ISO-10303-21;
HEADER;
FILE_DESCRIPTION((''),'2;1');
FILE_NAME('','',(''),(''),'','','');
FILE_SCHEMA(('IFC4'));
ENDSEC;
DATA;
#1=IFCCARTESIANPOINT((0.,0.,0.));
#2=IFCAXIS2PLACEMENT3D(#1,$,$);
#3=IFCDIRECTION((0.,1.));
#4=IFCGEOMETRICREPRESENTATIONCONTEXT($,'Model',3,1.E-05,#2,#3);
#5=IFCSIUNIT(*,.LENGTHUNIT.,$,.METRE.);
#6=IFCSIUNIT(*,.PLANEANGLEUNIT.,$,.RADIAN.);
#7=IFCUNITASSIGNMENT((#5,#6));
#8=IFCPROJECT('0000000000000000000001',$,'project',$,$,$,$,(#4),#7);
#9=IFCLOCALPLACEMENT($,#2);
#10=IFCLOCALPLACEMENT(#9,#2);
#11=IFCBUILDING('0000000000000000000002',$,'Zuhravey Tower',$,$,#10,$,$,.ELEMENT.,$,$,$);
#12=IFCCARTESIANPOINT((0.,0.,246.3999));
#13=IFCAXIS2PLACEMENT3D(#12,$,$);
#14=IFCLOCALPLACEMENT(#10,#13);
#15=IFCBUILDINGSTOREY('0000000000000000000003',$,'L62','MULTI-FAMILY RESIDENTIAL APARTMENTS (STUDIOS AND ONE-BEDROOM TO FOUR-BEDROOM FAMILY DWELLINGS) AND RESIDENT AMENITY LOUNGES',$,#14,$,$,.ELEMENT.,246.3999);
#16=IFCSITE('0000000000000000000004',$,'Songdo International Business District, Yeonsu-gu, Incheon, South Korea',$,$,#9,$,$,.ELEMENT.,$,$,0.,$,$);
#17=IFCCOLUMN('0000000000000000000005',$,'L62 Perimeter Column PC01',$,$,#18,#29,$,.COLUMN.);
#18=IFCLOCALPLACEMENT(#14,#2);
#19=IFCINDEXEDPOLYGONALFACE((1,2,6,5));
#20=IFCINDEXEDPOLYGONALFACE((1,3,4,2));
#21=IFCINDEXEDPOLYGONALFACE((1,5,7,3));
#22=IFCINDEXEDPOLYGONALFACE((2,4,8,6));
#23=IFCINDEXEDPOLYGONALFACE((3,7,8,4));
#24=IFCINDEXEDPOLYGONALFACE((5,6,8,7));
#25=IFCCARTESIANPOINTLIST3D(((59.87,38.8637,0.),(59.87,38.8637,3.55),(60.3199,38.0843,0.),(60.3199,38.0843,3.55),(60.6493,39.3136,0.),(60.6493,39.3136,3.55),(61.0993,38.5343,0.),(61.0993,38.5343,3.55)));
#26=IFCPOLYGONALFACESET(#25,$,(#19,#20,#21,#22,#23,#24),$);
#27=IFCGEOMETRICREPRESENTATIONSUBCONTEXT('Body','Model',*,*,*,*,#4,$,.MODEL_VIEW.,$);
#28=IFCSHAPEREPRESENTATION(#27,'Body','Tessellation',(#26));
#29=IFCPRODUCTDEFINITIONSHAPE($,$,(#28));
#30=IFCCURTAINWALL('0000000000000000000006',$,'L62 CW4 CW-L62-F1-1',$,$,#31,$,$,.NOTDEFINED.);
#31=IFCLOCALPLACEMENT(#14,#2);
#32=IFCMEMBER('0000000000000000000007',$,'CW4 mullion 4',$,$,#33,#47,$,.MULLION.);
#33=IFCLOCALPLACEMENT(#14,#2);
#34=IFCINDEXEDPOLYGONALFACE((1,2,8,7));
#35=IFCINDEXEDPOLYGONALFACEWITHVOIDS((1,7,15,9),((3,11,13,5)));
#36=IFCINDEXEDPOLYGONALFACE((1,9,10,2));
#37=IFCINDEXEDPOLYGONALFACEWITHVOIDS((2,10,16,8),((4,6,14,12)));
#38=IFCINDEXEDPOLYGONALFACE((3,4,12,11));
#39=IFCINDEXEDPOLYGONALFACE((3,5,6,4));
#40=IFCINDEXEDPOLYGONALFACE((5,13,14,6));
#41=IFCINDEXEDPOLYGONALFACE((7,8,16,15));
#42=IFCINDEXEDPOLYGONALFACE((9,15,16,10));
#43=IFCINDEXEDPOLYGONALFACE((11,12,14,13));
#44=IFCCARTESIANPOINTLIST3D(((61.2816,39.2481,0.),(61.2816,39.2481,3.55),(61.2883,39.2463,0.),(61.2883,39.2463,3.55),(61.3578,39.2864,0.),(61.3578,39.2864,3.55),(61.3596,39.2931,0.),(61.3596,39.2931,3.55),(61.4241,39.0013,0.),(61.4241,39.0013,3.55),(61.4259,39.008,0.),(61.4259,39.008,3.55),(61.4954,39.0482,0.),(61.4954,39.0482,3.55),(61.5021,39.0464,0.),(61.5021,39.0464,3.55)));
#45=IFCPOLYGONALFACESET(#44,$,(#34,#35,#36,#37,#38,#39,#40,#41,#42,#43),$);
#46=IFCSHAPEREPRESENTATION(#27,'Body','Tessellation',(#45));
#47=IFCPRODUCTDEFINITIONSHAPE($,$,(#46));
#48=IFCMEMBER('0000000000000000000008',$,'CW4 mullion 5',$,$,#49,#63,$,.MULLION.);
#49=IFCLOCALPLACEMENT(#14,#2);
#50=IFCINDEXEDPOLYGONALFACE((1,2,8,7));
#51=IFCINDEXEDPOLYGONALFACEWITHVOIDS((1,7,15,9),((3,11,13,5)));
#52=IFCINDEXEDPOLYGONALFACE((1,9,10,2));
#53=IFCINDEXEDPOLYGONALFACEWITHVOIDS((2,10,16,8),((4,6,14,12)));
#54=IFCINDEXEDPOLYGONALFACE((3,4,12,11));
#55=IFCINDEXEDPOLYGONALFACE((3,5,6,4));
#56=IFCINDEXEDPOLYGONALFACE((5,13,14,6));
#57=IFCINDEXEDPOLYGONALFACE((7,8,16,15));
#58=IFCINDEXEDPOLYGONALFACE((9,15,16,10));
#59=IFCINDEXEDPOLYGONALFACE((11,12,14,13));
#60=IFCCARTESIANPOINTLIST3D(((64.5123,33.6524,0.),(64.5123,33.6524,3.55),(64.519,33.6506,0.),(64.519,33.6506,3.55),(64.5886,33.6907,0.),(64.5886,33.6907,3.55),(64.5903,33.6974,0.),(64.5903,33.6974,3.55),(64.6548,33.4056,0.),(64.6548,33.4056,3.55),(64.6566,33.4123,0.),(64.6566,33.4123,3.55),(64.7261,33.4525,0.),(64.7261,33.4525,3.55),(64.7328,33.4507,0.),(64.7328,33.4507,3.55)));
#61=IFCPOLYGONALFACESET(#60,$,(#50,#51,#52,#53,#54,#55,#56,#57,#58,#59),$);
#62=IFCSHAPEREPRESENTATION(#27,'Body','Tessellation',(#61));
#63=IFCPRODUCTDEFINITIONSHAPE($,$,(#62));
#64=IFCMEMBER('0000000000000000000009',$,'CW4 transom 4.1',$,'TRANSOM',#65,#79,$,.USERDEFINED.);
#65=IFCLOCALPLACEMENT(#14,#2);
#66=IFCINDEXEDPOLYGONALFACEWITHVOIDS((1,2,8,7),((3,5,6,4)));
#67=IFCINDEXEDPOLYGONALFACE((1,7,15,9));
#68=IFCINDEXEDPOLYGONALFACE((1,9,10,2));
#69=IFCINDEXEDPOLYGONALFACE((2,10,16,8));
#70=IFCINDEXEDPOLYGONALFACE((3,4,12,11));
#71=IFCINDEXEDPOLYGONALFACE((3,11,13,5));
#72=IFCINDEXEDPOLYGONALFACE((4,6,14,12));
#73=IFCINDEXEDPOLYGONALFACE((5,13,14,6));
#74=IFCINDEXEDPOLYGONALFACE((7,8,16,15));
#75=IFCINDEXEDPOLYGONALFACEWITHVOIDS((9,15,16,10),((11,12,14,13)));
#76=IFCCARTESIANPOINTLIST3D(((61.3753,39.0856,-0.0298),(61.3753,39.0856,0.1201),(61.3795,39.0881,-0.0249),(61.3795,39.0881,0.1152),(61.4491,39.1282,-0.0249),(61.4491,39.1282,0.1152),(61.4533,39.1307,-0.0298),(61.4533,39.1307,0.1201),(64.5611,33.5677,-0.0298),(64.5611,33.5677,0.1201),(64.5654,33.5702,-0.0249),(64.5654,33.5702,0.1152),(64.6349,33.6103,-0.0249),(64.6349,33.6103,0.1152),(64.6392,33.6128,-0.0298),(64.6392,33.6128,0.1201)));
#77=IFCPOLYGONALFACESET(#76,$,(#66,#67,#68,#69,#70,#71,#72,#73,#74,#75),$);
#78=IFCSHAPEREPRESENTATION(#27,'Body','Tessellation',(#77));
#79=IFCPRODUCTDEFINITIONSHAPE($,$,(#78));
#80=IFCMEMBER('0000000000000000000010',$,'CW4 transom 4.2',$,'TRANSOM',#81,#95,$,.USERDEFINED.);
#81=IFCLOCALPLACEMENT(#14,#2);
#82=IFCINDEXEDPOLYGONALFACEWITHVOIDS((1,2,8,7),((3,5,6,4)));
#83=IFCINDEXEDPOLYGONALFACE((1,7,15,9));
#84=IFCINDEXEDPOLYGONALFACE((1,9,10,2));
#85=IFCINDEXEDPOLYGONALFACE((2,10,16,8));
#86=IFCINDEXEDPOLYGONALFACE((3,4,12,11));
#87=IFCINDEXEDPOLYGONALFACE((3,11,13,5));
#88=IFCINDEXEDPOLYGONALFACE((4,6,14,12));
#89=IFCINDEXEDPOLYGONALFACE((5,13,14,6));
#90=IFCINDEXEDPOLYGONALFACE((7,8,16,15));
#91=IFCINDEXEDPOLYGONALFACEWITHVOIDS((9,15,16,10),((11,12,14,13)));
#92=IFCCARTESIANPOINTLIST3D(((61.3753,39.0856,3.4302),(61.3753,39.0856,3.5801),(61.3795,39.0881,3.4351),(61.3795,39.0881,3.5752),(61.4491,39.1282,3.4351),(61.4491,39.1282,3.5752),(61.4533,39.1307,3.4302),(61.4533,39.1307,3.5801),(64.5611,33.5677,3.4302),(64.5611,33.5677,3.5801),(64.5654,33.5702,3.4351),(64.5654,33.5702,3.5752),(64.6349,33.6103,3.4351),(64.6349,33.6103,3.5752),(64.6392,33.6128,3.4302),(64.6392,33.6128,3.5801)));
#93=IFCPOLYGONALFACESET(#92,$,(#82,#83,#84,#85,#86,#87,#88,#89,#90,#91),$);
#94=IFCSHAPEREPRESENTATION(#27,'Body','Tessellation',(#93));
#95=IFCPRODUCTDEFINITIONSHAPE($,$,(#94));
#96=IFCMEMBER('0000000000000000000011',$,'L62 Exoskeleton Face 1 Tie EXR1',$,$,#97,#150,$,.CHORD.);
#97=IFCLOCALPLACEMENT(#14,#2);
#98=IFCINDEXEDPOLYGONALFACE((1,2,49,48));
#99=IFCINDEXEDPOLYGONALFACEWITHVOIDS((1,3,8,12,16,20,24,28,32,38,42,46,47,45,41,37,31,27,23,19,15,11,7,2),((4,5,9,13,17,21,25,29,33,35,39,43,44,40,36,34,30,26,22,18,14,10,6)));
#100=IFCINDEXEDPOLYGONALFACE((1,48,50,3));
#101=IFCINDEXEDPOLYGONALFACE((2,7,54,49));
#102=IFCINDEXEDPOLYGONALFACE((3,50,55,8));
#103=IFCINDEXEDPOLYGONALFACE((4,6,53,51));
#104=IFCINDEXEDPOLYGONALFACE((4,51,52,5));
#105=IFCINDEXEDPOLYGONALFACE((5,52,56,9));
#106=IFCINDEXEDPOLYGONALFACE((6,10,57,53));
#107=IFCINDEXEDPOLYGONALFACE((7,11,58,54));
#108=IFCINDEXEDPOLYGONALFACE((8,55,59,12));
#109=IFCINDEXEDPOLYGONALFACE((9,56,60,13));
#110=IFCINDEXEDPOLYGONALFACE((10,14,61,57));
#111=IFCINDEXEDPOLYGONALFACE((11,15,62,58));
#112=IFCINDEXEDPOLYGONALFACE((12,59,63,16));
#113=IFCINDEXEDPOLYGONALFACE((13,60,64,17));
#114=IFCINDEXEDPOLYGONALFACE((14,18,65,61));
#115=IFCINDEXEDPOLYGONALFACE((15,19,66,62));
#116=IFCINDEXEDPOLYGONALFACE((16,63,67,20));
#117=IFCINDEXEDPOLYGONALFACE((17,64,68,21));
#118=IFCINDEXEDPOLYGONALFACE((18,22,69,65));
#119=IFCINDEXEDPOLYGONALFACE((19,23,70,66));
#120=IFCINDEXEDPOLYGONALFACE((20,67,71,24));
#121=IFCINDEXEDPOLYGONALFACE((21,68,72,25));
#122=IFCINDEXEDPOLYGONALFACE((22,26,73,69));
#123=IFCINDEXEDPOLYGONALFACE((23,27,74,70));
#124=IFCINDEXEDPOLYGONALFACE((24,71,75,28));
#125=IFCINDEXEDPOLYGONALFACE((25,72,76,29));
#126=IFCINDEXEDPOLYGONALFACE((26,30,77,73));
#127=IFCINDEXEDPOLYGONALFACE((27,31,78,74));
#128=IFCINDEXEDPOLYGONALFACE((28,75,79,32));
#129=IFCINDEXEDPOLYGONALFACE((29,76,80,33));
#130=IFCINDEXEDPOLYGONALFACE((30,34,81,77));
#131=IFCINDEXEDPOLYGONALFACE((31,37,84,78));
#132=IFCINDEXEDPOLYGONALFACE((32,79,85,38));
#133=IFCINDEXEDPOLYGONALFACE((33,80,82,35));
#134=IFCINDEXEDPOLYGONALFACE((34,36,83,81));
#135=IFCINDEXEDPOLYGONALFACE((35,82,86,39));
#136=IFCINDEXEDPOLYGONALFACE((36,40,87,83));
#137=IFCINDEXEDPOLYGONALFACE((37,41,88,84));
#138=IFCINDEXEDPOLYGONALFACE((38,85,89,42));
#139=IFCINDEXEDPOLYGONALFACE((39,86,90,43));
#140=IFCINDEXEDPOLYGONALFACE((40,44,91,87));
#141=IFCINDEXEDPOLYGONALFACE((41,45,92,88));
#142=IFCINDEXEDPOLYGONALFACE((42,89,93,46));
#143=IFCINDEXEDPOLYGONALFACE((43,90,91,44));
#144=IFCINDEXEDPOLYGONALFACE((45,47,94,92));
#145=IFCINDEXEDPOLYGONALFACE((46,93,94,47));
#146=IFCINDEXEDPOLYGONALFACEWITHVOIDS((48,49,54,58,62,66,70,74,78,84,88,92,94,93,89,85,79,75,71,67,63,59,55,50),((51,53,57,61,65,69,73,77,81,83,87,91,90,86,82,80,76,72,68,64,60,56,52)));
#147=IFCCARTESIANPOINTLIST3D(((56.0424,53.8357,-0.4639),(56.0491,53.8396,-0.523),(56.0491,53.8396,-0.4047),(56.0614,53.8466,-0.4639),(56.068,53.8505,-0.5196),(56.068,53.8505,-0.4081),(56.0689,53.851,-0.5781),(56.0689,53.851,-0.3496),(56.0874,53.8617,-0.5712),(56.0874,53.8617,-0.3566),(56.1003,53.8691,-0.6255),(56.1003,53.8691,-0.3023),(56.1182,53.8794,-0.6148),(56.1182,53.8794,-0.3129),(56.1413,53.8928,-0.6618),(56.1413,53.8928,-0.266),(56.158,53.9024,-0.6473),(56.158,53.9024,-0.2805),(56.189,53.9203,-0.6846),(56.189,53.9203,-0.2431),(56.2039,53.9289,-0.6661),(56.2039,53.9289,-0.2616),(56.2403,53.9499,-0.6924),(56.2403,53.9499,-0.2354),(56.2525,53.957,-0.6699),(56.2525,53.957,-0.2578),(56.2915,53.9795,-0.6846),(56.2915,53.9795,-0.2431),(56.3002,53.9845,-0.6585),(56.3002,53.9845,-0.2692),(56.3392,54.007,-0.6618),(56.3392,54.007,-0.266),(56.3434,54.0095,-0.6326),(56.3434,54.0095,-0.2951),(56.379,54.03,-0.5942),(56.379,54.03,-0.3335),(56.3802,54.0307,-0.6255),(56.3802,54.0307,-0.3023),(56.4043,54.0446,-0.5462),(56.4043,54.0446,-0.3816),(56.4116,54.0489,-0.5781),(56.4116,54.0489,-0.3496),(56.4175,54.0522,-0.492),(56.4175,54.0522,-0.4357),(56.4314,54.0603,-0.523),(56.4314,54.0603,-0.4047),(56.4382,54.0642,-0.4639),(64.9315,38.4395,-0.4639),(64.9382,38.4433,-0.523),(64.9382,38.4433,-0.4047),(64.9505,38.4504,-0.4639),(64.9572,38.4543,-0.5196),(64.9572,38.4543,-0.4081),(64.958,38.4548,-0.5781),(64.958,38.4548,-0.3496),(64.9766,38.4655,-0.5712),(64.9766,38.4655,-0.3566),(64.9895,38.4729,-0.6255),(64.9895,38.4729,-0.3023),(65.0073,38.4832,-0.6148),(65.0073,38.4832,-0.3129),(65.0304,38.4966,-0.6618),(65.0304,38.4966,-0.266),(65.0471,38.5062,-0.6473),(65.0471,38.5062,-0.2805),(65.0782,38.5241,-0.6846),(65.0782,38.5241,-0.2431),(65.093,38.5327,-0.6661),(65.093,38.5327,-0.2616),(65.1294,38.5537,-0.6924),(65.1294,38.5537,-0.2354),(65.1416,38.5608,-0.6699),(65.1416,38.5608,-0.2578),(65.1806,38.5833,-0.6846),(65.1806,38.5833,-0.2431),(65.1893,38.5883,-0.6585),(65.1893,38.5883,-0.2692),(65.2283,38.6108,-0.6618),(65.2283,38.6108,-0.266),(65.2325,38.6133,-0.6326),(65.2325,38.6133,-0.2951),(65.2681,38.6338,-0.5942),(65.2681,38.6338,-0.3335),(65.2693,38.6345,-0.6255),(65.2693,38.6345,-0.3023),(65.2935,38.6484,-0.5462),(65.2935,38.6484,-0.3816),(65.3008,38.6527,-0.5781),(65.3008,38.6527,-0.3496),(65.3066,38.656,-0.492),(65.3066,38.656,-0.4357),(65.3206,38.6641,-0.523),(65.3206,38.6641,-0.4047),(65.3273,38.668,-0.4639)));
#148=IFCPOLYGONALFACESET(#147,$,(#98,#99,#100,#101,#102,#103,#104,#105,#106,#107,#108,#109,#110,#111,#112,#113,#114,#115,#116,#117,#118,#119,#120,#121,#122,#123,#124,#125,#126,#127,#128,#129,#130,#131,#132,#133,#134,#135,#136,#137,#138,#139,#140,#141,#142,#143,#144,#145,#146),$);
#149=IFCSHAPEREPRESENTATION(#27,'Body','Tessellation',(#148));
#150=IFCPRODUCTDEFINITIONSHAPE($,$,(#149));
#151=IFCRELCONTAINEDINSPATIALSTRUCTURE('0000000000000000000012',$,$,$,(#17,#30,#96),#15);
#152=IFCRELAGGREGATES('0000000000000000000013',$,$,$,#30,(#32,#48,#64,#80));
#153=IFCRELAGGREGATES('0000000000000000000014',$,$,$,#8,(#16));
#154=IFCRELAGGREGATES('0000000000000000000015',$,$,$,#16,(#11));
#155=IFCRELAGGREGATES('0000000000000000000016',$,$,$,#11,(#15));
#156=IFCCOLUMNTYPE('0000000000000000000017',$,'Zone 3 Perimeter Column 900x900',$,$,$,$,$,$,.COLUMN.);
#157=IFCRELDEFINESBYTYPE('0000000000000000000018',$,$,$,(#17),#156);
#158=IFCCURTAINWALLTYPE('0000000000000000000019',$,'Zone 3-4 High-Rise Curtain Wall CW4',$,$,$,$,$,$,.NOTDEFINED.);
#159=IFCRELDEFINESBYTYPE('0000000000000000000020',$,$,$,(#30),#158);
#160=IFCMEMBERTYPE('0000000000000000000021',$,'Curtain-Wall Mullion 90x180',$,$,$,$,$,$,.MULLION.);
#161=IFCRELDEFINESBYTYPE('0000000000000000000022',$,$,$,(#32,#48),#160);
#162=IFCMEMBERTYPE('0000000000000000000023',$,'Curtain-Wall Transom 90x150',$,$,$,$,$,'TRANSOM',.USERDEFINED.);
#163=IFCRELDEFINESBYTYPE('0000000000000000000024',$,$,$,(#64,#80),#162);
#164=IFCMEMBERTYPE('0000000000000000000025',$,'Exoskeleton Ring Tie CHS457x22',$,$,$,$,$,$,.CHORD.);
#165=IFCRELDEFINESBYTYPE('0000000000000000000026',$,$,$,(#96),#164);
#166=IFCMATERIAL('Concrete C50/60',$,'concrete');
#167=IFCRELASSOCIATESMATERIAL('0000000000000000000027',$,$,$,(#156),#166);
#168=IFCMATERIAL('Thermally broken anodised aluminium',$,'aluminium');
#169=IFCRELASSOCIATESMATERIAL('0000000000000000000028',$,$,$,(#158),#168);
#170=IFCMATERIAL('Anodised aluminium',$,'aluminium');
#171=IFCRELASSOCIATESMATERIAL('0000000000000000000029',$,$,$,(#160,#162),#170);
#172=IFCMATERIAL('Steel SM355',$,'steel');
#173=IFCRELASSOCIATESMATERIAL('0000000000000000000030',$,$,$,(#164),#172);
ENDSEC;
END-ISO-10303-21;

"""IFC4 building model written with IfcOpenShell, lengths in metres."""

from ifc_helpers import new_model, si_unit, direction, frame, origin, origin_2d, place, context, subcontext, project, spatial, rectangle, hollow_rectangle, hollow_circle, extrude, material, material_profile, profile_set, type_object, element, aggregate, save


model = new_model("IFC4")

# Units and contexts
model_context = context("Model", 3, precision=1e-05, world=origin(), true_north=direction((0.0, 1.0)))
body_context = subcontext(model_context, "Body", "Model", "MODEL_VIEW")
ifc_project = project(units=[si_unit("LENGTHUNIT", "METRE"), si_unit("PLANEANGLEUNIT", "RADIAN")], contexts=[model_context])

# Site, building, storey
site_placement = place(None, origin())
site = spatial("IfcSite", under=ifc_project, at=site_placement, Name="Songdo International Business District, Yeonsu-gu, Incheon, South Korea", CompositionType="ELEMENT", RefElevation=0.0)
building_placement = place(site_placement, origin())
building = spatial("IfcBuilding", under=site, at=building_placement, Name="Zuhravey Tower", CompositionType="ELEMENT")
storey_placement = place(building_placement, frame((0.0, 0.0, 246.3999)))
storey = spatial("IfcBuildingStorey", under=building, at=storey_placement, Name="L62", Description="MULTI-FAMILY RESIDENTIAL APARTMENTS (STUDIOS AND ONE-BEDROOM TO FOUR-BEDROOM FAMILY DWELLINGS) AND RESIDENT AMENITY LOUNGES", CompositionType="ELEMENT", Elevation=246.3999)

# Column
ifc_material_1 = material(Name="Concrete C50/60", Category="concrete")
ifc_material_profile_1 = material_profile(ifc_material_1, rectangle(XDim=0.8999, YDim=0.8999, at=origin_2d()), Name="RC-900x900")
ifc_profile_set_1 = profile_set([ifc_material_profile_1], Name="Concrete C50/60")
column_type = type_object("IfcColumnType", Name="Zone 3 Perimeter Column 900x900", PredefinedType="COLUMN", material=ifc_profile_set_1)
column_placement = place(storey_placement, frame((60.4846, 38.699, 0.0), z_axis=(0.0, 0.0, 1.0), x_axis=(-0.5, 0.866025, 0.0)))
element("IfcColumn", 1, at=column_placement, inside=storey, type_object=column_type, Name="L62 Perimeter Column PC01", PredefinedType="COLUMN", context=body_context, shape_type="SweptSolid", body=[
    extrude(rectangle(XDim=0.8999, YDim=0.8999, at=origin_2d()), origin(), (0.0, 0.0, 1.0), 3.55),
])

# Curtain wall, members
ifc_material_2 = material(Name="Thermally broken anodised aluminium", Category="aluminium")
curtain_wall_type = type_object("IfcCurtainWallType", Name="Zone 3-4 High-Rise Curtain Wall CW4", PredefinedType="NOTDEFINED", material=ifc_material_2)
curtain_wall_placement = place(storey_placement, origin())
curtain_wall = element("IfcCurtainWall", 2, at=curtain_wall_placement, inside=storey, type_object=curtain_wall_type, Name="L62 CW4 CW-L62-F1-1", PredefinedType="NOTDEFINED")
ifc_material_3 = material(Name="Anodised aluminium", Category="aluminium")
ifc_material_profile_2 = material_profile(ifc_material_3, hollow_rectangle(XDim=0.0901, YDim=0.2849, WallThickness=0.0049, at=origin_2d()), Name="ALU-RHS-90x285x5")
ifc_profile_set_2 = profile_set([ifc_material_profile_2], Name="Anodised aluminium")
member_type_1 = type_object("IfcMemberType", Name="Curtain-Wall Mullion 90x180", PredefinedType="MULLION", material=ifc_profile_set_2)
member_1_placement = place(storey_placement, frame((61.3918, 39.1472, 0.0), z_axis=(0.0, 0.0, 1.0), x_axis=(0.866025, 0.500001, 0.0)))
member_1 = element("IfcMember", 3, at=member_1_placement, type_object=member_type_1, Name="CW4 mullion 4", PredefinedType="MULLION", context=body_context, shape_type="SweptSolid", body=[
    extrude(hollow_rectangle(XDim=0.0901, YDim=0.2849, WallThickness=0.0049, at=origin_2d()), origin(), (0.0, 0.0, 1.0), 3.55),
])
member_2_placement = place(storey_placement, frame((64.6226, 33.5515, 0.0), z_axis=(0.0, 0.0, 1.0), x_axis=(0.866025, 0.500001, 0.0)))
member_2 = element("IfcMember", 4, at=member_2_placement, type_object=member_type_1, Name="CW4 mullion 5", PredefinedType="MULLION", context=body_context, shape_type="SweptSolid", body=[
    extrude(hollow_rectangle(XDim=0.0901, YDim=0.2849, WallThickness=0.0049, at=origin_2d()), origin(), (0.0, 0.0, 1.0), 3.55),
])
ifc_material_profile_3 = material_profile(ifc_material_3, hollow_rectangle(XDim=0.0901, YDim=0.1499, WallThickness=0.0049, at=origin_2d()), Name="ALU-RHS-90x150x5")
ifc_profile_set_3 = profile_set([ifc_material_profile_3], Name="Anodised aluminium")
member_type_2 = type_object("IfcMemberType", Name="Curtain-Wall Transom 90x150", ElementType="TRANSOM", PredefinedType="USERDEFINED", material=ifc_profile_set_3)
member_3_placement = place(storey_placement, frame((61.4143, 39.1082, 0.0452), z_axis=(0.500009, -0.86602, 0.0), x_axis=(0.86602, 0.500009, 0.0)))
member_3 = element("IfcMember", 5, at=member_3_placement, type_object=member_type_2, Name="CW4 transom 4.1", ObjectType="TRANSOM", PredefinedType="USERDEFINED", context=body_context, shape_type="SweptSolid", body=[
    extrude(hollow_rectangle(XDim=0.0901, YDim=0.1499, WallThickness=0.0049, at=origin_2d()), origin(), (0.0, 0.0, 1.0), 6.3716),
])
member_4_placement = place(storey_placement, frame((61.4143, 39.1082, 3.5051), z_axis=(0.500009, -0.86602, 0.0), x_axis=(0.86602, 0.500009, 0.0)))
member_4 = element("IfcMember", 6, at=member_4_placement, type_object=member_type_2, Name="CW4 transom 4.2", ObjectType="TRANSOM", PredefinedType="USERDEFINED", context=body_context, shape_type="SweptSolid", body=[
    extrude(hollow_rectangle(XDim=0.0901, YDim=0.1499, WallThickness=0.0049, at=origin_2d()), origin(), (0.0, 0.0, 1.0), 6.3716),
])

# Member
ifc_material_4 = material(Name="Steel SM355", Category="steel")
ifc_material_profile_4 = material_profile(ifc_material_4, hollow_circle(Radius=0.2285, WallThickness=0.022, at=origin_2d()), Name="CHS-457.2x22")
ifc_profile_set_4 = profile_set([ifc_material_profile_4], Name="Steel SM355")
member_type_3 = type_object("IfcMemberType", Name="Exoskeleton Ring Tie CHS457x22", PredefinedType="CHORD", material=ifc_profile_set_4)
member_5_placement = place(storey_placement, frame((65.1294, 38.5537, -0.4639), z_axis=(-0.500006, 0.866022, 0.0), x_axis=(-0.866022, -0.500006, 0.0)))
element("IfcMember", 7, at=member_5_placement, inside=storey, type_object=member_type_3, Name="L62 Exoskeleton Face 1 Tie EXR1", PredefinedType="CHORD", context=body_context, shape_type="SweptSolid", body=[
    extrude(hollow_circle(Radius=0.2285, WallThickness=0.022, at=origin_2d()), origin(), (0.0, 0.0, 1.0), 17.7781),
])

aggregate(curtain_wall, [member_1, member_2, member_3, member_4])

save(model, "model.ifc")
